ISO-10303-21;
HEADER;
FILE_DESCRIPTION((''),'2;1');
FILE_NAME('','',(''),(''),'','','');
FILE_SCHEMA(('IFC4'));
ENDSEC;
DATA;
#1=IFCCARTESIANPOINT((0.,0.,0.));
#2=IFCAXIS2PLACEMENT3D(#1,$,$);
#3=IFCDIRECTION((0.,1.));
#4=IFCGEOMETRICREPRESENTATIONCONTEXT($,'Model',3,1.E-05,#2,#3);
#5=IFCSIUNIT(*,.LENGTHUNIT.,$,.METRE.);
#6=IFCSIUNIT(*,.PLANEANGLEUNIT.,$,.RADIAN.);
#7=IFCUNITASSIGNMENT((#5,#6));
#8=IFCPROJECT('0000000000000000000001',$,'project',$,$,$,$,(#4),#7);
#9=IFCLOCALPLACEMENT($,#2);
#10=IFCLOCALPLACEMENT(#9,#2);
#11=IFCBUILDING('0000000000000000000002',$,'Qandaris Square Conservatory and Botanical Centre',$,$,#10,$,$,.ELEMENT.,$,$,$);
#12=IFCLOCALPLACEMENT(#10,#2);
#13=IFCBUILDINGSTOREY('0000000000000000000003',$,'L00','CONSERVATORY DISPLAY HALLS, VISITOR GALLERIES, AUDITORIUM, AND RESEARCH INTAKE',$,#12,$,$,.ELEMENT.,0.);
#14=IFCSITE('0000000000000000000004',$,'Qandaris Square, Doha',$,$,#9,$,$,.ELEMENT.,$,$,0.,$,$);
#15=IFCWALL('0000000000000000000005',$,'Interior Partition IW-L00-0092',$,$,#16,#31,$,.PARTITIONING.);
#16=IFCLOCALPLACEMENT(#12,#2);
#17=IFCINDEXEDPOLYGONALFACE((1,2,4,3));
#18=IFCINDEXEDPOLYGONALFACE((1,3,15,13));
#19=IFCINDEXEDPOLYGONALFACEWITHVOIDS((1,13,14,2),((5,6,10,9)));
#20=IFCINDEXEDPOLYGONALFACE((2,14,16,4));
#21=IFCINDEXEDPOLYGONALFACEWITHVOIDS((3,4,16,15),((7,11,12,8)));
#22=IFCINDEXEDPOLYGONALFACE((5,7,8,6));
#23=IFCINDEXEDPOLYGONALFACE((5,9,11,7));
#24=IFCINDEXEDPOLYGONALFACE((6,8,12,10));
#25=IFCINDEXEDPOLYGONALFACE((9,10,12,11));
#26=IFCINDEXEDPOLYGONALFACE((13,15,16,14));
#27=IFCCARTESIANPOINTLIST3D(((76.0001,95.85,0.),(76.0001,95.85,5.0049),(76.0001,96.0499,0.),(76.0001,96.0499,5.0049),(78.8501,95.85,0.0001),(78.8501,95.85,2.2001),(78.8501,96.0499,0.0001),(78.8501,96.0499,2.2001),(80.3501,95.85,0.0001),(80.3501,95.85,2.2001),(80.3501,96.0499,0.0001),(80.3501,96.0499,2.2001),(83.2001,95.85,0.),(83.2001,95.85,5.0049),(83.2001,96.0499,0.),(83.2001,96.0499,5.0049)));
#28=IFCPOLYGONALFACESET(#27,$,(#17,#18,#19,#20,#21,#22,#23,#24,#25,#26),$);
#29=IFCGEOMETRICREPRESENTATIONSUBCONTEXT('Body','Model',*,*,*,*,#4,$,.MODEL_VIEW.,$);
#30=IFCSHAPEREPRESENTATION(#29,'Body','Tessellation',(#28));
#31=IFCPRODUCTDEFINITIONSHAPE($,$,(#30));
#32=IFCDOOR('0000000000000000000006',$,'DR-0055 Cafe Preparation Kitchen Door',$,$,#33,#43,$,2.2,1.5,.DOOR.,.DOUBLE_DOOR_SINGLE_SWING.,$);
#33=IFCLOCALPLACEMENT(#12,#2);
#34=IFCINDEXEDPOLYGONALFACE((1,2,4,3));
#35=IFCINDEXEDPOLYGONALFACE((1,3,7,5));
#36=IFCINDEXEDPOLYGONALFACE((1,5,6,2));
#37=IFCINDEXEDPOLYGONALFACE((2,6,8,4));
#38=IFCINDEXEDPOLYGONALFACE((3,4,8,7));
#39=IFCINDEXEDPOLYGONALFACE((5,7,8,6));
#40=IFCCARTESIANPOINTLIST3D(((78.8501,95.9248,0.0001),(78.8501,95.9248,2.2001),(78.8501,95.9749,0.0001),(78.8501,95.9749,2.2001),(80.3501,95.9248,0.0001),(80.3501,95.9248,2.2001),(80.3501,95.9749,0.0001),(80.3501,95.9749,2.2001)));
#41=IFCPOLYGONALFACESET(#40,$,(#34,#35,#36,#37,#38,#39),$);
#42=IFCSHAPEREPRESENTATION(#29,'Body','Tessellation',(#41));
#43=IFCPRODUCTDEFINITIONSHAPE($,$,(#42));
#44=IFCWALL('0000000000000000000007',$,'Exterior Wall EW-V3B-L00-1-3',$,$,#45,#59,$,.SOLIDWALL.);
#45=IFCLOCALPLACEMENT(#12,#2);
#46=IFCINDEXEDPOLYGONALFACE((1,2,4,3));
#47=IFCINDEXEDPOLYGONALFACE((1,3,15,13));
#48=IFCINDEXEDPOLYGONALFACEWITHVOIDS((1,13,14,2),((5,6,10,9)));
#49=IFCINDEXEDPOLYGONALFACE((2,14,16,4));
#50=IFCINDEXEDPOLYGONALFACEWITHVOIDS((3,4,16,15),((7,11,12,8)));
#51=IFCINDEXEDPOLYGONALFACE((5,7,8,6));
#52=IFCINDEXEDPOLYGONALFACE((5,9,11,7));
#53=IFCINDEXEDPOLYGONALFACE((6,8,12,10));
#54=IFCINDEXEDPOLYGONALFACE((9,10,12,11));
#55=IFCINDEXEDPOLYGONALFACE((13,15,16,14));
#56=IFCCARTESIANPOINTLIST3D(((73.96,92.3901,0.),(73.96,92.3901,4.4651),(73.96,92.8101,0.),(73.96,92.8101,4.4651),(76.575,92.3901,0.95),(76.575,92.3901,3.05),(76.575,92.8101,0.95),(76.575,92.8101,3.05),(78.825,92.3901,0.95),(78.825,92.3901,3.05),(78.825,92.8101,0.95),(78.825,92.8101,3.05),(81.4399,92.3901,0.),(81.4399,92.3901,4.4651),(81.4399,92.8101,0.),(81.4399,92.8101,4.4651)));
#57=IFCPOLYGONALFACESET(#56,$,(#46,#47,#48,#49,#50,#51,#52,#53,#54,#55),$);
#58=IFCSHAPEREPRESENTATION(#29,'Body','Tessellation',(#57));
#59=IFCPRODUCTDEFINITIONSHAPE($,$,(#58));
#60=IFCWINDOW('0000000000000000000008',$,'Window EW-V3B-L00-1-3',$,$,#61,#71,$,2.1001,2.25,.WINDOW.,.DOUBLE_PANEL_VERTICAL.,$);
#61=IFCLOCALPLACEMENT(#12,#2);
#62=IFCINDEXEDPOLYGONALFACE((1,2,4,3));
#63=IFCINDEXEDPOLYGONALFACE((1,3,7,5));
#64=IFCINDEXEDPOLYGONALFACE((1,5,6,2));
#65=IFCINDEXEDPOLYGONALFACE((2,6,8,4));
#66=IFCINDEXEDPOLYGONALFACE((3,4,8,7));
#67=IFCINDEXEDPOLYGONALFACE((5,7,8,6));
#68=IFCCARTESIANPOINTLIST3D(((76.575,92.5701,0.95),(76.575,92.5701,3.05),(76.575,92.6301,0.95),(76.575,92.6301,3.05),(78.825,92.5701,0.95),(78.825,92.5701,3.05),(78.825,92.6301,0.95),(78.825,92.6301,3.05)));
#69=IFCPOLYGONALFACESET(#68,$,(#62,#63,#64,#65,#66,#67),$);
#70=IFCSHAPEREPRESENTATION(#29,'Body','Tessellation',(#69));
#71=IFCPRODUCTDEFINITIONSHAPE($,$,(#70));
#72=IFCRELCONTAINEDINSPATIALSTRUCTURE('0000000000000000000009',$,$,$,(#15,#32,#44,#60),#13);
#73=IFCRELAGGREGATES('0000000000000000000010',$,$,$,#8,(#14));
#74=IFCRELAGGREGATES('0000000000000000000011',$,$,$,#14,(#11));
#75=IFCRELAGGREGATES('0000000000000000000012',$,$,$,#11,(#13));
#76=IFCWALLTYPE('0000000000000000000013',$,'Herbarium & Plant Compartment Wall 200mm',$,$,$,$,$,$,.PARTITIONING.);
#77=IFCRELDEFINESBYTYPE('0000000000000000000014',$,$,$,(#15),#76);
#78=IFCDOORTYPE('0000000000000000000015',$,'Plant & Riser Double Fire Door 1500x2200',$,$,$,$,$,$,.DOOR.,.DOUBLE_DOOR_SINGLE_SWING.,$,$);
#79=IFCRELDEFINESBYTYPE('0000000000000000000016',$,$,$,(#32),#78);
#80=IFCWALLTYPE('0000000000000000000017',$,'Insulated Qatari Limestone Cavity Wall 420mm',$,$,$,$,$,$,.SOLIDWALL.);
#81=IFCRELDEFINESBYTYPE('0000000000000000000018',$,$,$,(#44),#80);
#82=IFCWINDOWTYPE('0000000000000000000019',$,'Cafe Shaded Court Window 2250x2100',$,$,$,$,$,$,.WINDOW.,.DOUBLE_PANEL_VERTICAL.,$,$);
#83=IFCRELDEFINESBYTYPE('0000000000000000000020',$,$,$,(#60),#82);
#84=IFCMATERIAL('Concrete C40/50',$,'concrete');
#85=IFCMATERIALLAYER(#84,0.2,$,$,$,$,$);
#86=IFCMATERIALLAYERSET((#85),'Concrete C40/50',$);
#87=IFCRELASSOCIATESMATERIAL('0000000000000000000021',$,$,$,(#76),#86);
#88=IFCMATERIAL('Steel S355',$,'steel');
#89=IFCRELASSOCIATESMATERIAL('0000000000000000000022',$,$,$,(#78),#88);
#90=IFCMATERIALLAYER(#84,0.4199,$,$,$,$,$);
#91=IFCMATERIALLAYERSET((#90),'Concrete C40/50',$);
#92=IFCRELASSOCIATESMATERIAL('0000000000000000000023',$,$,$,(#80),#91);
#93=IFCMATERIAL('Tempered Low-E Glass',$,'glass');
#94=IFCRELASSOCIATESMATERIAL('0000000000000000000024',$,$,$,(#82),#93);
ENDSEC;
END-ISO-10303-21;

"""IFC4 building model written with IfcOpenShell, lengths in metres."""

from ifc_helpers import new_model, si_unit, direction, frame, frame_2d, origin, place, context, subcontext, project, spatial, rectangle, extrude, material, layer, layer_set, type_object, element, fill, save


model = new_model("IFC4")

# Units and contexts
model_context = context("Model", 3, precision=1e-05, world=origin(), true_north=direction((0.0, 1.0)))
body_context = subcontext(model_context, "Body", "Model", "MODEL_VIEW")
ifc_project = project(units=[si_unit("LENGTHUNIT", "METRE"), si_unit("PLANEANGLEUNIT", "RADIAN")], contexts=[model_context])

# Site, building, storey
site_placement = place(None, origin())
site = spatial("IfcSite", under=ifc_project, at=site_placement, Name="Qandaris Square, Doha", CompositionType="ELEMENT", RefElevation=0.0)
building_placement = place(site_placement, origin())
building = spatial("IfcBuilding", under=site, at=building_placement, Name="Qandaris Square Conservatory and Botanical Centre", CompositionType="ELEMENT")
storey_placement = place(building_placement, origin())
storey = spatial("IfcBuildingStorey", under=building, at=storey_placement, Name="L00", Description="CONSERVATORY DISPLAY HALLS, VISITOR GALLERIES, AUDITORIUM, AND RESEARCH INTAKE", CompositionType="ELEMENT", Elevation=0.0)

# Shared definitions
ifc_material_1 = material(Name="Concrete C40/50", Category="concrete")

# Shared definitions
ifc_material_2 = material(Name="Steel S355", Category="steel")

# Wall, opening, door
ifc_layer_1 = layer(ifc_material_1, 0.2)
ifc_layer_set_1 = layer_set([ifc_layer_1], Name="Concrete C40/50")
wall_type_1 = type_object("IfcWallType", Name="Herbarium & Plant Compartment Wall 200mm", PredefinedType="PARTITIONING", material=ifc_layer_set_1)
wall_1_placement = place(storey_placement, frame((76.0, 95.95, 0.0), z_axis=(0.0, 0.0, 1.0), x_axis=(1.0, 0.0, 0.0)))
wall_1 = element("IfcWall", 1, at=wall_1_placement, inside=storey, type_object=wall_type_1, Name="Interior Partition IW-L00-0092", PredefinedType="PARTITIONING", context=body_context, shape_type="SweptSolid", body=[
    extrude(rectangle(XDim=7.2, YDim=0.2, at=frame_2d((3.6001, 0.0))), origin(), (0.0, 0.0, 1.0), 5.0049),
])
opening_1_placement = place(wall_1_placement, frame((2.8501, 0.0, 0.0)))
opening_1 = element("IfcOpeningElement", 2, at=opening_1_placement, cuts=wall_1, PredefinedType="OPENING", context=body_context, shape_type="SweptSolid", body=[
    extrude(rectangle(XDim=1.5, YDim=2.2, at=frame_2d((0.75, 1.1001))), frame((0.0, 0.1118, 0.0), z_axis=(0.0, -1.0, 0.0), x_axis=(1.0, 0.0, 0.0)), (0.0, 0.0, 1.0), 0.2239),
])
door_type = type_object("IfcDoorType", Name="Plant & Riser Double Fire Door 1500x2200", OperationType="DOUBLE_DOOR_SINGLE_SWING", PredefinedType="DOOR", material=ifc_material_2)
door_placement = place(opening_1_placement, origin())
door = element("IfcDoor", 3, at=door_placement, inside=storey, type_object=door_type, Name="DR-0055 Cafe Preparation Kitchen Door", OperationType="DOUBLE_DOOR_SINGLE_SWING", OverallHeight=2.2, OverallWidth=1.5, PredefinedType="DOOR", context=body_context, shape_type="SweptSolid", body=[
    extrude(rectangle(XDim=1.5, YDim=2.2, at=frame_2d((0.75, 1.1001))), frame((0.0, 0.0249, 0.0), z_axis=(0.0, -1.0, 0.0), x_axis=(1.0, 0.0, 0.0)), (0.0, 0.0, 1.0), 0.05),
])
fill(opening_1, door)

# Wall, opening, window
ifc_layer_2 = layer(ifc_material_1, 0.4199)
ifc_layer_set_2 = layer_set([ifc_layer_2], Name="Concrete C40/50")
wall_type_2 = type_object("IfcWallType", Name="Insulated Qatari Limestone Cavity Wall 420mm", PredefinedType="SOLIDWALL", material=ifc_layer_set_2)
wall_2_placement = place(storey_placement, frame((73.96, 92.6001, 0.0), z_axis=(0.0, 0.0, 1.0), x_axis=(1.0, 0.0, 0.0)))
wall_2 = element("IfcWall", 4, at=wall_2_placement, inside=storey, type_object=wall_type_2, Name="Exterior Wall EW-V3B-L00-1-3", PredefinedType="SOLIDWALL", context=body_context, shape_type="SweptSolid", body=[
    extrude(rectangle(XDim=7.48, YDim=0.4199, at=frame_2d((3.74, 0.0))), origin(), (0.0, 0.0, 1.0), 4.4651),
])
opening_2_placement = place(wall_2_placement, frame((2.615, 0.0, 0.95)))
opening_2 = element("IfcOpeningElement", 5, at=opening_2_placement, cuts=wall_2, PredefinedType="OPENING", context=body_context, shape_type="SweptSolid", body=[
    extrude(rectangle(XDim=2.25, YDim=2.1001, at=frame_2d((1.125, 1.05))), frame((0.0, 0.2219, 0.0), z_axis=(0.0, -1.0, 0.0), x_axis=(1.0, 0.0, 0.0)), (0.0, 0.0, 1.0), 0.4438),
])
ifc_material_3 = material(Name="Tempered Low-E Glass", Category="glass")
window_type = type_object("IfcWindowType", Name="Cafe Shaded Court Window 2250x2100", PartitioningType="DOUBLE_PANEL_VERTICAL", PredefinedType="WINDOW", material=ifc_material_3)
window_placement = place(opening_2_placement, origin())
window = element("IfcWindow", 6, at=window_placement, inside=storey, type_object=window_type, Name="Window EW-V3B-L00-1-3", OverallHeight=2.1001, OverallWidth=2.25, PartitioningType="DOUBLE_PANEL_VERTICAL", PredefinedType="WINDOW", context=body_context, shape_type="SweptSolid", body=[
    extrude(rectangle(XDim=2.25, YDim=2.1001, at=frame_2d((1.125, 1.05))), frame((0.0, 0.03, 0.0), z_axis=(0.0, -1.0, 0.0), x_axis=(1.0, 0.0, 0.0)), (0.0, 0.0, 1.0), 0.0601),
])
fill(opening_2, window)

save(model, "model.ifc")
